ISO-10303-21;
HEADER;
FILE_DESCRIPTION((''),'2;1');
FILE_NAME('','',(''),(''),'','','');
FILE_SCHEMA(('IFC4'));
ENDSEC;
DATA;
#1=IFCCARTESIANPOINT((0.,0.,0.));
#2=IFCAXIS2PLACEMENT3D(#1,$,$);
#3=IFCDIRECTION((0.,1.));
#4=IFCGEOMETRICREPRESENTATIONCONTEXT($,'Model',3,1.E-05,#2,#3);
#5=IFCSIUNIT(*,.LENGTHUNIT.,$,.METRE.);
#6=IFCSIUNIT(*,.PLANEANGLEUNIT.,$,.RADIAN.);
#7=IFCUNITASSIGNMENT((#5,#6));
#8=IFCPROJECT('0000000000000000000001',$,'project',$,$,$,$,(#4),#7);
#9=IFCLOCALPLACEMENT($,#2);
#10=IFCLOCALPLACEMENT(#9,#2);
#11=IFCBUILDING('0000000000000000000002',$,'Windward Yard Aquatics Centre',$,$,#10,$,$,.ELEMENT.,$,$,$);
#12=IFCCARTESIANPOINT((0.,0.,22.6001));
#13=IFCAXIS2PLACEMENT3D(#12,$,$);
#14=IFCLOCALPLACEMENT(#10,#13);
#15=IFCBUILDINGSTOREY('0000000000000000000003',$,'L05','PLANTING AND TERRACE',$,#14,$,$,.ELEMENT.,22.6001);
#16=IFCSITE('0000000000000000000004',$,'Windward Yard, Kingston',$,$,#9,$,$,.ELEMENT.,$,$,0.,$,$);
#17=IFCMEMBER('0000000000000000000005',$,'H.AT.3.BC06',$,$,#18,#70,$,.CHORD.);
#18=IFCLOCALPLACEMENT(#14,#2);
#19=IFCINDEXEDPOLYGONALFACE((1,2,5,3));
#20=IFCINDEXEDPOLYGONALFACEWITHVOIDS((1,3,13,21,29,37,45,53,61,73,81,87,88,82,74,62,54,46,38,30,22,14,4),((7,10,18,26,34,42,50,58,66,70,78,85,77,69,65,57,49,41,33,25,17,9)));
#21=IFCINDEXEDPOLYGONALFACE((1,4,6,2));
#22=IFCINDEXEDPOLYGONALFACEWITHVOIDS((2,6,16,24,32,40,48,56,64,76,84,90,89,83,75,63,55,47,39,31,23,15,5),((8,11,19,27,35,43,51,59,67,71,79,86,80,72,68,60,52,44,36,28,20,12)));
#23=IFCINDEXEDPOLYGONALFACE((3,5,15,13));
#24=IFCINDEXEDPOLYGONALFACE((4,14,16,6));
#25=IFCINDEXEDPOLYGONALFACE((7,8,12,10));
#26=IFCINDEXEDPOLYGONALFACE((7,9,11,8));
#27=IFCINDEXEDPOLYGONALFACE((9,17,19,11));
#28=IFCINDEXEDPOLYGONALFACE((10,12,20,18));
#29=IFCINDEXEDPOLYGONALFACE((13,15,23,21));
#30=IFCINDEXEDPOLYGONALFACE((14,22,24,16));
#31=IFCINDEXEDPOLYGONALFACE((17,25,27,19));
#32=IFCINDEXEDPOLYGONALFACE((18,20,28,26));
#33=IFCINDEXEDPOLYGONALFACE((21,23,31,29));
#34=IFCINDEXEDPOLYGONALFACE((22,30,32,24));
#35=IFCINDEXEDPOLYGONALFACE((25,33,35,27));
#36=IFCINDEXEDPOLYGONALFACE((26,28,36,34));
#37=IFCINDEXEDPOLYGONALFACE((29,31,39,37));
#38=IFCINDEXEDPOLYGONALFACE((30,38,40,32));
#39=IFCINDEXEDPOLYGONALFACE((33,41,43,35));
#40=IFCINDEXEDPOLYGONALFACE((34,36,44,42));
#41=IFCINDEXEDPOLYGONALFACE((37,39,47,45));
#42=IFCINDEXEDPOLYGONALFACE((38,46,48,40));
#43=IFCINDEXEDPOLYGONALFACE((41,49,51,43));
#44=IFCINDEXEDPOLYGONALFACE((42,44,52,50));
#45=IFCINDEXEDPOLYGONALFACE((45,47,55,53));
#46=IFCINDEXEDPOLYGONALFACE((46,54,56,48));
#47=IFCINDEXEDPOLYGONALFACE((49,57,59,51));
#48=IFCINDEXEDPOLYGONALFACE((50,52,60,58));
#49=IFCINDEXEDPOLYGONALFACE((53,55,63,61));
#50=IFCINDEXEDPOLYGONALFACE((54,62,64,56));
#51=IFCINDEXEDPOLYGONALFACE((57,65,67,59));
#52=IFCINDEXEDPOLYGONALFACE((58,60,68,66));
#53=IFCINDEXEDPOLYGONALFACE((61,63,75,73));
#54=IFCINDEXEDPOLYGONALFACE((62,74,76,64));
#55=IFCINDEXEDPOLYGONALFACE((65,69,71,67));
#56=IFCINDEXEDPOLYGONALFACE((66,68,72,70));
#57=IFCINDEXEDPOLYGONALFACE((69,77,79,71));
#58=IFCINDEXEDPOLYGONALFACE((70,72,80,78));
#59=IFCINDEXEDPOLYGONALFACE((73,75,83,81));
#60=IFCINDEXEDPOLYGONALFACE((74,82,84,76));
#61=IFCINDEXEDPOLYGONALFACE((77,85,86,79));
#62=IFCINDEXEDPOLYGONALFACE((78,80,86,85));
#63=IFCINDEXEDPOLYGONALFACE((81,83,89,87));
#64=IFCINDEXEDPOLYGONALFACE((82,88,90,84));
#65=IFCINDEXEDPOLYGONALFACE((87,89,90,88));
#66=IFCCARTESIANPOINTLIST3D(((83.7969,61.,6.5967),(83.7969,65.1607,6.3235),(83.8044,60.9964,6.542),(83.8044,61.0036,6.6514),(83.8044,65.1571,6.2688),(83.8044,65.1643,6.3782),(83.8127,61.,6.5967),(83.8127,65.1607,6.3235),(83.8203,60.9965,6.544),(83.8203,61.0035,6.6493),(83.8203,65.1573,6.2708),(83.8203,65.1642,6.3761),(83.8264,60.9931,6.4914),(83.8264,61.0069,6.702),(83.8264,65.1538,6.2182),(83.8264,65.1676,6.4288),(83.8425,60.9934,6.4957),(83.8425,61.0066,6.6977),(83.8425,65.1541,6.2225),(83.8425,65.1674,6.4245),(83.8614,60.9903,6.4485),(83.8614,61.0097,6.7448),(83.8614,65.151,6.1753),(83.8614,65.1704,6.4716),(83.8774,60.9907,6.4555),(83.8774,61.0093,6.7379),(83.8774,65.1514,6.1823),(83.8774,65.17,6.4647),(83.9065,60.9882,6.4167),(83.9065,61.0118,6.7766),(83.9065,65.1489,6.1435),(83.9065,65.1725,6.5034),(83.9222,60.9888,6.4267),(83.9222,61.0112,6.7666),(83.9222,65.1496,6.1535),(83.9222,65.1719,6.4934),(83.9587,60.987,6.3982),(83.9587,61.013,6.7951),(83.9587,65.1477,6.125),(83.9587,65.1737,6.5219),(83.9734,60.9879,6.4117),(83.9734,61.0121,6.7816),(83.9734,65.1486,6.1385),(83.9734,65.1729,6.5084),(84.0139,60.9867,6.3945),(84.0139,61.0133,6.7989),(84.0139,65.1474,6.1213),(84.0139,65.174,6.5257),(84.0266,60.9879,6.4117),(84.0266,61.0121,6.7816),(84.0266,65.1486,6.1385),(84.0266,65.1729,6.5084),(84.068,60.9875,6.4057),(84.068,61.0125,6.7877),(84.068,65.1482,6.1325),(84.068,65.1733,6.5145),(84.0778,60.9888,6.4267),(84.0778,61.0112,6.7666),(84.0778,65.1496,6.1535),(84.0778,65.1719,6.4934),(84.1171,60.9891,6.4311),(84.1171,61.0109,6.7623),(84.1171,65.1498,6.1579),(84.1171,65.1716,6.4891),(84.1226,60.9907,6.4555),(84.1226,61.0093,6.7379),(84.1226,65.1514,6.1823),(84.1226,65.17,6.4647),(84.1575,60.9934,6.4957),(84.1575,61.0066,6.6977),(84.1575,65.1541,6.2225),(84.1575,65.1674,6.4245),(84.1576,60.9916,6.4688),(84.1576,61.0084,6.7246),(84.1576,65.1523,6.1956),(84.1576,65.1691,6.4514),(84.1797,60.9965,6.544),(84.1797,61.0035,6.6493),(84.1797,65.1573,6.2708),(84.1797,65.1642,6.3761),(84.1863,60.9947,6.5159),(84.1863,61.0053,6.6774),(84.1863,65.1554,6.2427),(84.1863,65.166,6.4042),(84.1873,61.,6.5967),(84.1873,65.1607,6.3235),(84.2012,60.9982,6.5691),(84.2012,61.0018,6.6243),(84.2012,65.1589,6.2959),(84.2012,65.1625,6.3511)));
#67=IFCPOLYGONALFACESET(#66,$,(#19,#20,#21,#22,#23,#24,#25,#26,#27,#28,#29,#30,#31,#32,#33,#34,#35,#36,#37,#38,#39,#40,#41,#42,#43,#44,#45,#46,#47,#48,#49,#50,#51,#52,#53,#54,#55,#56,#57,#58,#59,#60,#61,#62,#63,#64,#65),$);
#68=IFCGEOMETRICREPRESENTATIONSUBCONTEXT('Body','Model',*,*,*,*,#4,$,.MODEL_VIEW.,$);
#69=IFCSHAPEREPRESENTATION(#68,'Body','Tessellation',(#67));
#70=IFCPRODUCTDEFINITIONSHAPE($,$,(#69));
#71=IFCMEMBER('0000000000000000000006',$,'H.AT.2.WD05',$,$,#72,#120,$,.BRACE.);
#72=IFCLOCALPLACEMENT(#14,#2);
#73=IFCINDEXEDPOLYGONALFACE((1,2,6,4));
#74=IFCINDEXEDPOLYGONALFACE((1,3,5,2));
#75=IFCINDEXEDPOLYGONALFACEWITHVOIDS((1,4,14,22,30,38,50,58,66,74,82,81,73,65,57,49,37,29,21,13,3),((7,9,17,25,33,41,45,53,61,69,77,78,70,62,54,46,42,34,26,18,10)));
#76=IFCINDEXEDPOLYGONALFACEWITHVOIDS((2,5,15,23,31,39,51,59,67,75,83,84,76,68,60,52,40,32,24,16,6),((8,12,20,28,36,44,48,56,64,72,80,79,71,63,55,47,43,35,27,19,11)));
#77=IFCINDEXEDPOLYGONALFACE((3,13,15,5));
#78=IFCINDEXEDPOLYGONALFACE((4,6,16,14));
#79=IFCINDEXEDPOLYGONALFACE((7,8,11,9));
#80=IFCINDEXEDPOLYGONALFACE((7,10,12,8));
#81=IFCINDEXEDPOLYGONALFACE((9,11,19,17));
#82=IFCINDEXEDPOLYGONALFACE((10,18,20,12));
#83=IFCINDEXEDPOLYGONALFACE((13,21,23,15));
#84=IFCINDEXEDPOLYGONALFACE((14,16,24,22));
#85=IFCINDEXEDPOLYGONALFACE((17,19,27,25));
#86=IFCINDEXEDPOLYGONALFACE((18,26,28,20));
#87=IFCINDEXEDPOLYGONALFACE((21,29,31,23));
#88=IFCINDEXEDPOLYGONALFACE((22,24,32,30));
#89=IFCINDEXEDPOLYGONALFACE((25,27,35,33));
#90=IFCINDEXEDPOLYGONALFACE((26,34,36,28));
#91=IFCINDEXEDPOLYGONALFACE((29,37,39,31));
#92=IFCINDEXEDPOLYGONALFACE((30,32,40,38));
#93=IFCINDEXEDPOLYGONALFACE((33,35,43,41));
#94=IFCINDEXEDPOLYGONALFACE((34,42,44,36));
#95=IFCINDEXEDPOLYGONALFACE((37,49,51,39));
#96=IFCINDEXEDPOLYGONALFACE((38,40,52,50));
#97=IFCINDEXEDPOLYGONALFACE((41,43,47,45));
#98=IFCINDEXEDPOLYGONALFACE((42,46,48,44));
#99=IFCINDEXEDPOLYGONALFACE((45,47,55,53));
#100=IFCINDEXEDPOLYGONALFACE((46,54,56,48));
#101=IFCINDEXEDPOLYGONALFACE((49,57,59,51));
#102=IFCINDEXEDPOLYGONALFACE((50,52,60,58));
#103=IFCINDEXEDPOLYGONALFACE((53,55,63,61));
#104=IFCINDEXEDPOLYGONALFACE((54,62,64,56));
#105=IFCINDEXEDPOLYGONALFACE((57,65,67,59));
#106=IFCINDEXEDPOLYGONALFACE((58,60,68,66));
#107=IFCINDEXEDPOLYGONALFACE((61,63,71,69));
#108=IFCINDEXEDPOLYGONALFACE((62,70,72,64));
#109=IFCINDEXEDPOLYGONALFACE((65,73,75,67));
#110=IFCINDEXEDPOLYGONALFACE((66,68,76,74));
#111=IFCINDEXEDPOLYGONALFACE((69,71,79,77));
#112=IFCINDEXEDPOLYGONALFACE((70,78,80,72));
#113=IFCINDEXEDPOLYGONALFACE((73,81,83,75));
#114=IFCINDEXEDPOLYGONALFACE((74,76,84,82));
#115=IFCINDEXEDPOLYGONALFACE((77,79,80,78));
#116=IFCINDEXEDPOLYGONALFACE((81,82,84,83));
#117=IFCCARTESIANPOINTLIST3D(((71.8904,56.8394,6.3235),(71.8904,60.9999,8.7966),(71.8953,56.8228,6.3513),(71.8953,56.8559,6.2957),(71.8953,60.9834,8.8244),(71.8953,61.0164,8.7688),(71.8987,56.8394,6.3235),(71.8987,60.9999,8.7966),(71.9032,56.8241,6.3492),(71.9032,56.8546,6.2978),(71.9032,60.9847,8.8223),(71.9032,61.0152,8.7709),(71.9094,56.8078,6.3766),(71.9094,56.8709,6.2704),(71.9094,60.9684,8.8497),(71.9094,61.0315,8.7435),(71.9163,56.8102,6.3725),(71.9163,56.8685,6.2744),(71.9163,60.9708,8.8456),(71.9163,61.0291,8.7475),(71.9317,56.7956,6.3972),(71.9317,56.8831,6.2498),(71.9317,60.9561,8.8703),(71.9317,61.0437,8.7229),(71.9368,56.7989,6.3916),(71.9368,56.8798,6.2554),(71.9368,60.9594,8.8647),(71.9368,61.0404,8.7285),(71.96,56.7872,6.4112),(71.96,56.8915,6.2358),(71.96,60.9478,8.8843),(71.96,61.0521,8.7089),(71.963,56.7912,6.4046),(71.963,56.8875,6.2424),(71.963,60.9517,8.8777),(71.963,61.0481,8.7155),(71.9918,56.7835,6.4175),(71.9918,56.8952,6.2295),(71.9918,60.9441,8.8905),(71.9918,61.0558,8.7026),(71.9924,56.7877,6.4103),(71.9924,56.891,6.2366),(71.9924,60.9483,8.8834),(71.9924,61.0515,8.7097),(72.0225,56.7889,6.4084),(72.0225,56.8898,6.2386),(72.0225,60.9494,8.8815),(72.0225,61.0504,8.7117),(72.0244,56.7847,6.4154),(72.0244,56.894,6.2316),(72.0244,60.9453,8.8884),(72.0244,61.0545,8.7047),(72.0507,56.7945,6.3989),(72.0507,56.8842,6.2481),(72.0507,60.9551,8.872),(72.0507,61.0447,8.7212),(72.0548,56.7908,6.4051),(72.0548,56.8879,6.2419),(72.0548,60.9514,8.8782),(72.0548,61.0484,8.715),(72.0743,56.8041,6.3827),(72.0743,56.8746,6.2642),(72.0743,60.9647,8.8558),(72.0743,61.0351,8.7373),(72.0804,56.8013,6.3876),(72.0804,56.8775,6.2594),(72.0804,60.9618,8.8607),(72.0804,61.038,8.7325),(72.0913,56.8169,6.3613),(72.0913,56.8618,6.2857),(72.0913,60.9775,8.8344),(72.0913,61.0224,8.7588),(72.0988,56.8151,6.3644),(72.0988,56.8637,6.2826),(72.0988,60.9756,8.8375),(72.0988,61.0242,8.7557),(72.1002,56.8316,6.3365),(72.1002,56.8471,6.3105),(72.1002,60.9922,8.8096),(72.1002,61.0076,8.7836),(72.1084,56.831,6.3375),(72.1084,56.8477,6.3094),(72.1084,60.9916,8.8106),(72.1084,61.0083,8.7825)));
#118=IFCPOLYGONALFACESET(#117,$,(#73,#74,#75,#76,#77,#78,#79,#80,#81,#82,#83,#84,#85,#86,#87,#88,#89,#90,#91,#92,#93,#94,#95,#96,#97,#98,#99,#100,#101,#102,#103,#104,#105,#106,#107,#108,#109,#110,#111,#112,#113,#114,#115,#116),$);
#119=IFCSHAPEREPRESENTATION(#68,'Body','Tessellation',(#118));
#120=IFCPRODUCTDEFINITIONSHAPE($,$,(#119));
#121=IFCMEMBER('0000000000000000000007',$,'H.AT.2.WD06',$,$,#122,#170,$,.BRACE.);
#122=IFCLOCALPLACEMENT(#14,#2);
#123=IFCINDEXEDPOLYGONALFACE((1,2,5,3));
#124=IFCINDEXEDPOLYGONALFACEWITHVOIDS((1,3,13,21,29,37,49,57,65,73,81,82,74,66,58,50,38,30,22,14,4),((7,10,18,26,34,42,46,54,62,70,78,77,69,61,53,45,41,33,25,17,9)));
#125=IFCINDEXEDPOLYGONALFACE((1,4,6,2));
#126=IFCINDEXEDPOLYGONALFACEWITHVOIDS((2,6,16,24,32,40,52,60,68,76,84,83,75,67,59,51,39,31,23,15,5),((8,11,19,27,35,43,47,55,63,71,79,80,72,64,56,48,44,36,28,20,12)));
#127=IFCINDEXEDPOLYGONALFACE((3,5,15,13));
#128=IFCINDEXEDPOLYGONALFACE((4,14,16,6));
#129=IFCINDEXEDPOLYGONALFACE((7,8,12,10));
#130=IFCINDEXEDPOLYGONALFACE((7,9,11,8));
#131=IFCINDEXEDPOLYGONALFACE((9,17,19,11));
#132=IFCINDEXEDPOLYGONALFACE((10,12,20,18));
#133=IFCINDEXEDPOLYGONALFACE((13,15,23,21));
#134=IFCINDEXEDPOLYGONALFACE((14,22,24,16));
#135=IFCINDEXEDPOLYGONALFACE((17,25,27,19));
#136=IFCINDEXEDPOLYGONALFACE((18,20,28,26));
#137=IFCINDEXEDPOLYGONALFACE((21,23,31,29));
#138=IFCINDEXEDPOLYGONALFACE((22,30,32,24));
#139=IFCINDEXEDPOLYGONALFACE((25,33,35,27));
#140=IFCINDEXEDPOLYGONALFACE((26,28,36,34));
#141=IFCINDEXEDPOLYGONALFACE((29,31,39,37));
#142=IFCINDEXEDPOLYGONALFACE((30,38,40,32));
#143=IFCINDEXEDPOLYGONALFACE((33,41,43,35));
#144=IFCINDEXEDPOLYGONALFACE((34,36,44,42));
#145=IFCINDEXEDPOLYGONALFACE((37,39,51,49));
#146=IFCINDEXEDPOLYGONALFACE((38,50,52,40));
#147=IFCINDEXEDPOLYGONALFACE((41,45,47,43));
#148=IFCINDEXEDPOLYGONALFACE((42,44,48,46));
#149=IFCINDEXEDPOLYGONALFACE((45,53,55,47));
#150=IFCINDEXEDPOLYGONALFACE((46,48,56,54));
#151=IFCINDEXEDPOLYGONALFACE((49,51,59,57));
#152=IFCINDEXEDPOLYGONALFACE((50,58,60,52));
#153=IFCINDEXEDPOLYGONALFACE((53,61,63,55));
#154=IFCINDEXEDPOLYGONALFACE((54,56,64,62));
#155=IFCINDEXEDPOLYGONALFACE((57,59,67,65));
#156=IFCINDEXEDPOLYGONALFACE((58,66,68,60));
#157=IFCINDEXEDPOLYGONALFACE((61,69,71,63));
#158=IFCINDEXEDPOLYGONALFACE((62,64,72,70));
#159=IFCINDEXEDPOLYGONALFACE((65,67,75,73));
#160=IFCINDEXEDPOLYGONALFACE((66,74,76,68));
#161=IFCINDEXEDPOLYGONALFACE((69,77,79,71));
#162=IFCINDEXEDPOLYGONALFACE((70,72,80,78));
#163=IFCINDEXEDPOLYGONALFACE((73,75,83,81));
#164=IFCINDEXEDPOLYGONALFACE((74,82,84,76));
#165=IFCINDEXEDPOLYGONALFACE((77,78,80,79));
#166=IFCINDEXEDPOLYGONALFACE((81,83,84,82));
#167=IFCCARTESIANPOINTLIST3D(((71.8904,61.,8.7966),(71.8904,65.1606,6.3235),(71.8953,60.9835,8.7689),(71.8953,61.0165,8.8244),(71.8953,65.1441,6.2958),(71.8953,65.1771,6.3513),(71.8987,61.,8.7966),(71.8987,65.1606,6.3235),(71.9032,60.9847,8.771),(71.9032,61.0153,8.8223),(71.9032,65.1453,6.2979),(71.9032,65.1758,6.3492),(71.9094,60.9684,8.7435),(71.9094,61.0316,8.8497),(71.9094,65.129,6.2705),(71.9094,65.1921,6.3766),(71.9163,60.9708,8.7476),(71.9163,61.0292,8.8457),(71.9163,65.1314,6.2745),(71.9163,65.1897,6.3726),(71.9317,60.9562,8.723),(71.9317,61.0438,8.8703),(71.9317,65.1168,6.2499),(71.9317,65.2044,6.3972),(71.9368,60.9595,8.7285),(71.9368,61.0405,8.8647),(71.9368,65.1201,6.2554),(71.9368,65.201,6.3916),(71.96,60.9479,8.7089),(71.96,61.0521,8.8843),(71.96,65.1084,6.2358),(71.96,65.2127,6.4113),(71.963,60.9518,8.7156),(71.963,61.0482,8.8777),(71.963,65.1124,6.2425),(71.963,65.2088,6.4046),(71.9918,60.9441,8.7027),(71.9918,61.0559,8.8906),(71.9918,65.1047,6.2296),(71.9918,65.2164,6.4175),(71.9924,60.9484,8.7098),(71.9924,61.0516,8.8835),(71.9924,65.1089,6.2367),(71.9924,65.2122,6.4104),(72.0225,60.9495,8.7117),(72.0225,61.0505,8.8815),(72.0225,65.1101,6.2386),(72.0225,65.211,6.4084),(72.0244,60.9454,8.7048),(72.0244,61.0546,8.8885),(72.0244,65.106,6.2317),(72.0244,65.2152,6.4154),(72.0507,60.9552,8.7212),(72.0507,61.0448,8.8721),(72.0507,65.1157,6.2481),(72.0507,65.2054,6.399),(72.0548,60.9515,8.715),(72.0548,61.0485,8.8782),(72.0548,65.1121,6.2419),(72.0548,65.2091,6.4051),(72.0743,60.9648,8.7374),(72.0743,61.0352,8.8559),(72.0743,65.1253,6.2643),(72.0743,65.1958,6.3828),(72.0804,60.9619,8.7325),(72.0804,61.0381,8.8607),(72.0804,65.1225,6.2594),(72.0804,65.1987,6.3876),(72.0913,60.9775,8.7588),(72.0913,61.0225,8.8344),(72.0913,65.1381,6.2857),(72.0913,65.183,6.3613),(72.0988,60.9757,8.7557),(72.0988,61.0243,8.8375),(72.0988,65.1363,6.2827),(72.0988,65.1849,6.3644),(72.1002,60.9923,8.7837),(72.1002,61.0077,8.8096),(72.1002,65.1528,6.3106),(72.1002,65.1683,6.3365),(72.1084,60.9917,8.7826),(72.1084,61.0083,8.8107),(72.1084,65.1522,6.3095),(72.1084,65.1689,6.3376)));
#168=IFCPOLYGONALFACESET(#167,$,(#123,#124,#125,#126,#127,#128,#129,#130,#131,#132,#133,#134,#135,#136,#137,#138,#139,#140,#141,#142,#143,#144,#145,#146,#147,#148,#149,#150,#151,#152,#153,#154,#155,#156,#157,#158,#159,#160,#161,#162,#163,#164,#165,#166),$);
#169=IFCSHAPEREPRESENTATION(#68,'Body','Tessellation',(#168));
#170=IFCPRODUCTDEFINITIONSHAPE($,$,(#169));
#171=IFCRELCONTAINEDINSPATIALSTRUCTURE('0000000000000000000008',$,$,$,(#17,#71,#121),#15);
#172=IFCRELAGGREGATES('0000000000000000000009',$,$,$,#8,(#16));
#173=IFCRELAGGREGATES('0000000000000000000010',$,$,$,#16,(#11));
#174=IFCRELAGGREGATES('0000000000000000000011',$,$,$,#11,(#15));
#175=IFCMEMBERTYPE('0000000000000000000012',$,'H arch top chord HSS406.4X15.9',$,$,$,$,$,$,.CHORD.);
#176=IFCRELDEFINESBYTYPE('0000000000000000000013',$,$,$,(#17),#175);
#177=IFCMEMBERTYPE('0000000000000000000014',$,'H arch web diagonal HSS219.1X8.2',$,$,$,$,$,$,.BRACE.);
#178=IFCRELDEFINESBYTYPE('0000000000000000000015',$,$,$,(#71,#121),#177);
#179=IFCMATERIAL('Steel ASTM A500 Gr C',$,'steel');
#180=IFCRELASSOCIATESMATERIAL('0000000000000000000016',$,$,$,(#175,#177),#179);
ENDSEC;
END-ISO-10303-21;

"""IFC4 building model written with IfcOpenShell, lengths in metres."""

from ifc_helpers import new_model, si_unit, direction, frame, origin, origin_2d, place, context, subcontext, project, spatial, hollow_circle, extrude, material, material_profile, profile_set, type_object, element, save


model = new_model("IFC4")

# Units and contexts
model_context = context("Model", 3, precision=1e-05, world=origin(), true_north=direction((0.0, 1.0)))
body_context = subcontext(model_context, "Body", "Model", "MODEL_VIEW")
ifc_project = project(units=[si_unit("LENGTHUNIT", "METRE"), si_unit("PLANEANGLEUNIT", "RADIAN")], contexts=[model_context])

# Site, building, storey
site_placement = place(None, origin())
site = spatial("IfcSite", under=ifc_project, at=site_placement, Name="Windward Yard, Kingston", CompositionType="ELEMENT", RefElevation=0.0)
building_placement = place(site_placement, origin())
building = spatial("IfcBuilding", under=site, at=building_placement, Name="Windward Yard Aquatics Centre", CompositionType="ELEMENT")
storey_placement = place(building_placement, frame((0.0, 0.0, 22.6001)))
storey = spatial("IfcBuildingStorey", under=building, at=storey_placement, Name="L05", Description="PLANTING AND TERRACE", CompositionType="ELEMENT", Elevation=22.6001)

# Members
ifc_material_1 = material(Name="Steel ASTM A500 Gr C", Category="steel")
ifc_material_profile_1 = material_profile(ifc_material_1, hollow_circle(Radius=0.2031, WallThickness=0.0159, at=origin_2d()), Name="HSS406.4X15.9")
ifc_profile_set_1 = profile_set([ifc_material_profile_1], Name="Steel ASTM A500 Gr C")
member_type_1 = type_object("IfcMemberType", Name="H arch top chord HSS406.4X15.9", PredefinedType="CHORD", material=ifc_profile_set_1)
member_1_placement = place(storey_placement, frame((84.0, 61.0, 6.5967), z_axis=(0.0, 0.997851, -0.06552), x_axis=(-1.0, 0.0, 0.0)))
element("IfcMember", 1, at=member_1_placement, inside=storey, type_object=member_type_1, Name="H.AT.3.BC06", PredefinedType="CHORD", context=body_context, shape_type="SweptSolid", body=[
    extrude(hollow_circle(Radius=0.2031, WallThickness=0.0159, at=origin_2d()), origin(), (0.0, 0.0, 1.0), 4.1697),
])
ifc_material_profile_2 = material_profile(ifc_material_1, hollow_circle(Radius=0.1096, WallThickness=0.0083, at=origin_2d()), Name="HSS219.1X8.2")
ifc_profile_set_2 = profile_set([ifc_material_profile_2], Name="Steel ASTM A500 Gr C")
member_type_2 = type_object("IfcMemberType", Name="H arch web diagonal HSS219.1X8.2", PredefinedType="BRACE", material=ifc_profile_set_2)
for number, where, z_axis, x_axis, name in (
    (2, (72.0, 56.8394, 6.3235), (0.0, 0.859604, 0.510961), (-1.0, 0.0, 0.0), "H.AT.2.WD05"),
    (3, (72.0, 61.0, 8.7966), (0.0, 0.859604, -0.510961), (-1.0, 0.0, 0.0), "H.AT.2.WD06"),
):
    element("IfcMember", number, at=place(storey_placement, frame(where, z_axis=z_axis, x_axis=x_axis)), inside=storey, type_object=member_type_2, Name=name, PredefinedType="BRACE", context=body_context, shape_type="SweptSolid", body=[
        extrude(hollow_circle(Radius=0.1096, WallThickness=0.0083, at=origin_2d()), origin(), (0.0, 0.0, 1.0), 4.8401),
    ])

save(model, "model.ifc")
